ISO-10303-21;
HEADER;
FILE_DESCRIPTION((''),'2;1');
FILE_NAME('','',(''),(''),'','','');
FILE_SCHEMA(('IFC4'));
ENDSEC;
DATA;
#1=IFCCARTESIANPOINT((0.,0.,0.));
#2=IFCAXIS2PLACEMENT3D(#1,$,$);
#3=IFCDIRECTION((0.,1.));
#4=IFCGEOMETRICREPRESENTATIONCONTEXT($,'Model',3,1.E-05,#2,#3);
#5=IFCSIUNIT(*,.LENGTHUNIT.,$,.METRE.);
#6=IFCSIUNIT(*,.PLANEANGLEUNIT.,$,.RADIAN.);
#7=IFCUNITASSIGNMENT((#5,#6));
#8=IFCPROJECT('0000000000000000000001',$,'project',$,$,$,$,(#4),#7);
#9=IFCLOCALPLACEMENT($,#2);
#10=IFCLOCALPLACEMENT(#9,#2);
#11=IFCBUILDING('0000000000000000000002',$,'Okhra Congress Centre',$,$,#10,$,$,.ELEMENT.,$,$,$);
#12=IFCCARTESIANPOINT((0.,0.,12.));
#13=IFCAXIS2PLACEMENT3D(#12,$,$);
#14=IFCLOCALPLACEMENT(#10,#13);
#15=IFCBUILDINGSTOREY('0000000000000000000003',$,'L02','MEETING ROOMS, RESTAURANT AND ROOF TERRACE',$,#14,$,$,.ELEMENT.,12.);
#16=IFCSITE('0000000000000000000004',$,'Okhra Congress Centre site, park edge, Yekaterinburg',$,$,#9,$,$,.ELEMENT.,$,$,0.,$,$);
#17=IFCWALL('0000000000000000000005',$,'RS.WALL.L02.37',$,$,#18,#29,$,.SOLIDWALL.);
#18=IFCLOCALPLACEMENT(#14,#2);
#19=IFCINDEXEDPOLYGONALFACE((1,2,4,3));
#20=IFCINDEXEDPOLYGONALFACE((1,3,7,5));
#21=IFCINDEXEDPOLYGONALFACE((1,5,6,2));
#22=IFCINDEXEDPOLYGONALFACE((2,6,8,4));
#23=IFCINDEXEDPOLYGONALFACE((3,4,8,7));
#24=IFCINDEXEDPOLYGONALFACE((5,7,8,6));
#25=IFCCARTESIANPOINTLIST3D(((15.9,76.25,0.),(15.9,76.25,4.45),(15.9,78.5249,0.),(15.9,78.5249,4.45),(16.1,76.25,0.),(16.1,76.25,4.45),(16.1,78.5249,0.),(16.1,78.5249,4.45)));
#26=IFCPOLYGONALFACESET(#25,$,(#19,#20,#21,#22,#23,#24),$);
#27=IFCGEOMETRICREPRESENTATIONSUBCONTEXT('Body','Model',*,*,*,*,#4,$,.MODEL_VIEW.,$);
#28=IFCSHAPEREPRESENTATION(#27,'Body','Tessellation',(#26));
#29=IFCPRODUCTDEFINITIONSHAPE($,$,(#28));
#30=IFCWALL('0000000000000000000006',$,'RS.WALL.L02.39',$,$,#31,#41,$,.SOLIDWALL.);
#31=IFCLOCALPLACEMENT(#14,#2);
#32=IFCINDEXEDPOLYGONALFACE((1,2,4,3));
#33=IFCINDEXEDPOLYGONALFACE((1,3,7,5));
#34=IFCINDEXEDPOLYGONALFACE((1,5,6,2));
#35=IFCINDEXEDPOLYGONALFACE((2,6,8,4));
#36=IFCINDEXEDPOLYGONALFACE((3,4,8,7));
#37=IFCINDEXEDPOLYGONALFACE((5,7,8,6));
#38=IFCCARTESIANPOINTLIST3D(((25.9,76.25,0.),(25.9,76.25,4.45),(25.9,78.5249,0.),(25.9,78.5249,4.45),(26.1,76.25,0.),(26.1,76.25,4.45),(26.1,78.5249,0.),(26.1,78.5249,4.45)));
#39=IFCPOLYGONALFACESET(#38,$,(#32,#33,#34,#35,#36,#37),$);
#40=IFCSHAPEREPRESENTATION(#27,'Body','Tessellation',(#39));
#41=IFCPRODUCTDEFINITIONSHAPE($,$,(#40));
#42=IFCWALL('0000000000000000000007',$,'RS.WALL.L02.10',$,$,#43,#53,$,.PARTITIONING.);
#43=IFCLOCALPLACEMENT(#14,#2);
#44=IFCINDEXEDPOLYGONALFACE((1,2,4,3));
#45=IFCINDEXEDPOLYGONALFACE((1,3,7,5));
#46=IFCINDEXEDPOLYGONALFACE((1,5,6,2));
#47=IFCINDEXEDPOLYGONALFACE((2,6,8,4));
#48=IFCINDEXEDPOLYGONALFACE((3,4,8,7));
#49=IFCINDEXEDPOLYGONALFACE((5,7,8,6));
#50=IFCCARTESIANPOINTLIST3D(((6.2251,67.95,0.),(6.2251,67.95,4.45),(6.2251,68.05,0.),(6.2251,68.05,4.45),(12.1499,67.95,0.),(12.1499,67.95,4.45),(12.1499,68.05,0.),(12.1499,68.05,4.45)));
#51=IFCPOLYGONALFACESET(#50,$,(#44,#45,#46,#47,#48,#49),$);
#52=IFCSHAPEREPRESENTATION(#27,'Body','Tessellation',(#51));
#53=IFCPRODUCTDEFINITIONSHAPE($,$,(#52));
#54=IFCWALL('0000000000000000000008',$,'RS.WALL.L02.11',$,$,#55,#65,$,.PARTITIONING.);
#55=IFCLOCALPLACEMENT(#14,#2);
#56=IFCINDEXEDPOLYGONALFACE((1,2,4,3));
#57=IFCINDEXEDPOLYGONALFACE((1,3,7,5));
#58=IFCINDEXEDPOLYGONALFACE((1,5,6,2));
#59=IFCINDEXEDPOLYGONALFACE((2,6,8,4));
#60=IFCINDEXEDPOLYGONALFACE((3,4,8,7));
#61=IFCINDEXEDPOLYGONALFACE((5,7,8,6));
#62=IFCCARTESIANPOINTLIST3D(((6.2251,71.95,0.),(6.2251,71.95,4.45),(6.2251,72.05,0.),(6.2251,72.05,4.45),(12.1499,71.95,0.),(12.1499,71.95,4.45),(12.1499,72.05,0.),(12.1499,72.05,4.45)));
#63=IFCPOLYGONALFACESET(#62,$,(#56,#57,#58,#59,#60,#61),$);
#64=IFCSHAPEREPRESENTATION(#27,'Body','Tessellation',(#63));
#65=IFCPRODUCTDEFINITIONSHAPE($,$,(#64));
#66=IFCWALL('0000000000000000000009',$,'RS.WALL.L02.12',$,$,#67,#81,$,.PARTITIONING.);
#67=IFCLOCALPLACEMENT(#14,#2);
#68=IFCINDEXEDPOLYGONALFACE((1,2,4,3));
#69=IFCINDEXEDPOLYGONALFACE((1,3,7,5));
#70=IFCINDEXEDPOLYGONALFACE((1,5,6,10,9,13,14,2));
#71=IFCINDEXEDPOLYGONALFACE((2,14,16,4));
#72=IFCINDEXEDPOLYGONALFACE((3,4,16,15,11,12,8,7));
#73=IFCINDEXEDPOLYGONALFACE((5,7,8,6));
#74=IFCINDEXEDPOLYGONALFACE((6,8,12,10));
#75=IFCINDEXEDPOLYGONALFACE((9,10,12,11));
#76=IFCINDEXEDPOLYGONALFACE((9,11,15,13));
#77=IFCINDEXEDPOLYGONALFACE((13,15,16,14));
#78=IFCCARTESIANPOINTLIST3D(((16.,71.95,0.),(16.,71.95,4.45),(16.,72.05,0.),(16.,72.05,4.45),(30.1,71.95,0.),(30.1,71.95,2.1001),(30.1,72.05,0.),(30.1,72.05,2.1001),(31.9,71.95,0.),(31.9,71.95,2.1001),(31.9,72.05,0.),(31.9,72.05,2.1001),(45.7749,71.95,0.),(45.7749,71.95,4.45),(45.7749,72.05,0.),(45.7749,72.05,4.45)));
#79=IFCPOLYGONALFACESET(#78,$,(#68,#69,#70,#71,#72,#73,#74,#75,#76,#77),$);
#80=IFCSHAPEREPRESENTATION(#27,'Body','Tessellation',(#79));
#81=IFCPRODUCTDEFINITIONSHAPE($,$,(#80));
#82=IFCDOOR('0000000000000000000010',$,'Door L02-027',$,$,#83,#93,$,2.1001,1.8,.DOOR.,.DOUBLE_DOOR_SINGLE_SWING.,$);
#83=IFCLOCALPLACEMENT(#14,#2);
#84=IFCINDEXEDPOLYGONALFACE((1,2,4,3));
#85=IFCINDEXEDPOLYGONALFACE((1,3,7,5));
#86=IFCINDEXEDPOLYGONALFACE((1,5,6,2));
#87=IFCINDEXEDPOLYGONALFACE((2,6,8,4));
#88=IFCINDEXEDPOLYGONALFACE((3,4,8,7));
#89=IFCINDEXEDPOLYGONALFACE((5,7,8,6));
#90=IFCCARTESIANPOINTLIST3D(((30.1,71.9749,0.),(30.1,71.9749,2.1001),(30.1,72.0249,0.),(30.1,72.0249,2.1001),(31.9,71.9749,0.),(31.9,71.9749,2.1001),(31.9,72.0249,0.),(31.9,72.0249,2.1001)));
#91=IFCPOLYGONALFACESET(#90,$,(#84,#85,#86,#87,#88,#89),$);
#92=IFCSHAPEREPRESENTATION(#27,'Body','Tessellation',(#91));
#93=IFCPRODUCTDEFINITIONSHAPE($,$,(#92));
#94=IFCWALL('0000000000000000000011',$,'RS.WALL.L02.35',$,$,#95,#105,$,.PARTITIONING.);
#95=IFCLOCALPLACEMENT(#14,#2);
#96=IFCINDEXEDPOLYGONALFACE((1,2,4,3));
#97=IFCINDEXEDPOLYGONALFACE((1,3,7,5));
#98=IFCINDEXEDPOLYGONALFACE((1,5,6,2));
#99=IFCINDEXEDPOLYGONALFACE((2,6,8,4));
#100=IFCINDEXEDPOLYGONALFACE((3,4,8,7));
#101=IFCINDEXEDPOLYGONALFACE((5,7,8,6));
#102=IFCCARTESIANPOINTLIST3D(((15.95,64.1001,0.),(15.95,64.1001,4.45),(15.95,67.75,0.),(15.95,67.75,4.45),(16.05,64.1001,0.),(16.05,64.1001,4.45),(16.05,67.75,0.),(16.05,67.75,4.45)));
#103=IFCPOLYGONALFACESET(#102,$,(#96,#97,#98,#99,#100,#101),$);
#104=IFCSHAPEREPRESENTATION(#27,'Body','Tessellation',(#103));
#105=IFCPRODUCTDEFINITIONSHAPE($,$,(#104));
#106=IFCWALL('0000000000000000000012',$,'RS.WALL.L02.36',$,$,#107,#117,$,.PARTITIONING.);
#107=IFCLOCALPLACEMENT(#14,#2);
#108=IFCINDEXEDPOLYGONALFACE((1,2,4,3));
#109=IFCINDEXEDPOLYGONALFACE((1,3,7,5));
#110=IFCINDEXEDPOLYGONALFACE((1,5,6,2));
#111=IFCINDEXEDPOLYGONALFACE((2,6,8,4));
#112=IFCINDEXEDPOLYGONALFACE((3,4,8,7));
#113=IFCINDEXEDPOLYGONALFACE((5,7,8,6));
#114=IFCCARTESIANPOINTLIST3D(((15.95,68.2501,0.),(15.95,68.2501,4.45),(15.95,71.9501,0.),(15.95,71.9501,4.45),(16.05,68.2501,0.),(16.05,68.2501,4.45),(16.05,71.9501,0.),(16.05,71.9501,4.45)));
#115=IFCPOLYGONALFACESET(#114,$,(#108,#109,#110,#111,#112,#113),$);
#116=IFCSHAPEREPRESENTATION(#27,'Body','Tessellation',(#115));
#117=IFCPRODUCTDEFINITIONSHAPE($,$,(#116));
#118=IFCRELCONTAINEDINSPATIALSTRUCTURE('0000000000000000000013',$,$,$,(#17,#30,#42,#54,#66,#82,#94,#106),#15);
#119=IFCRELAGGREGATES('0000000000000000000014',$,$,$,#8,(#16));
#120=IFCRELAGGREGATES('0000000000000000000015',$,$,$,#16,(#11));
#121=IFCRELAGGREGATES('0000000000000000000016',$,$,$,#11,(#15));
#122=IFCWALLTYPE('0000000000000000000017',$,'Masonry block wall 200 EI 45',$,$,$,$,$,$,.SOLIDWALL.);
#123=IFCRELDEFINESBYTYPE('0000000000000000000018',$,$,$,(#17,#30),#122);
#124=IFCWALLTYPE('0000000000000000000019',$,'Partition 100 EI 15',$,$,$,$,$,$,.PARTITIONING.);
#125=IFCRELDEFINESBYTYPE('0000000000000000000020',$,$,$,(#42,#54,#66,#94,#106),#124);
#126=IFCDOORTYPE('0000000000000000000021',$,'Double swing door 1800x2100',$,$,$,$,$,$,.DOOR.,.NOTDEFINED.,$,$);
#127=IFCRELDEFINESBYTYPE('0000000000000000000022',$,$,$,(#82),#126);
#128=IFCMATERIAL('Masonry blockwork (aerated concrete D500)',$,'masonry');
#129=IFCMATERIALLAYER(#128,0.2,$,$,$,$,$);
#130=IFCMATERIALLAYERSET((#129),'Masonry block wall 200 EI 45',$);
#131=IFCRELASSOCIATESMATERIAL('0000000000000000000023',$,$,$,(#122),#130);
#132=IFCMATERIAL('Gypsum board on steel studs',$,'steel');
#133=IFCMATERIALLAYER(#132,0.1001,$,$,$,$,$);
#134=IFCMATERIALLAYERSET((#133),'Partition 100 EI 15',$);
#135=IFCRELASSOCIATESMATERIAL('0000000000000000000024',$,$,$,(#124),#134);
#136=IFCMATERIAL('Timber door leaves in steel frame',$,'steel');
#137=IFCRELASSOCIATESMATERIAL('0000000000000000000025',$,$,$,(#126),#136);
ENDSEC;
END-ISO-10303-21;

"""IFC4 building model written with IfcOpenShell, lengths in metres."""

from ifc_helpers import new_model, si_unit, direction, frame, frame_2d, origin, place, context, subcontext, project, spatial, rectangle, extrude, material, layer, layer_set, type_object, element, fill, save


model = new_model("IFC4")

# Units and contexts
model_context = context("Model", 3, precision=1e-05, world=origin(), true_north=direction((0.0, 1.0)))
body_context = subcontext(model_context, "Body", "Model", "MODEL_VIEW")
ifc_project = project(units=[si_unit("LENGTHUNIT", "METRE"), si_unit("PLANEANGLEUNIT", "RADIAN")], contexts=[model_context])

# Site, building, storey
site_placement = place(None, origin())
site = spatial("IfcSite", under=ifc_project, at=site_placement, Name="Okhra Congress Centre site, park edge, Yekaterinburg", CompositionType="ELEMENT", RefElevation=0.0)
building_placement = place(site_placement, origin())
building = spatial("IfcBuilding", under=site, at=building_placement, Name="Okhra Congress Centre", CompositionType="ELEMENT")
storey_placement = place(building_placement, frame((0.0, 0.0, 12.0)))
storey = spatial("IfcBuildingStorey", under=building, at=storey_placement, Name="L02", Description="MEETING ROOMS, RESTAURANT AND ROOF TERRACE", CompositionType="ELEMENT", Elevation=12.0)

# Shared definitions
ifc_material_1 = material(Name="Masonry blockwork (aerated concrete D500)", Category="masonry")
ifc_layer_1 = layer(ifc_material_1, 0.2)
ifc_layer_set_1 = layer_set([ifc_layer_1], Name="Masonry block wall 200 EI 45")
wall_type_1 = type_object("IfcWallType", Name="Masonry block wall 200 EI 45", PredefinedType="SOLIDWALL", material=ifc_layer_set_1)

# Walls
for number, where, z_axis, x_axis, name in (
    (1, (16.0, 76.25, 0.0), (0.0, 0.0, 1.0), (0.0, 1.0, 0.0), "RS.WALL.L02.37"),
    (2, (26.0, 76.25, 0.0), (0.0, 0.0, 1.0), (0.0, 1.0, 0.0), "RS.WALL.L02.39"),
):
    element("IfcWall", number, at=place(storey_placement, frame(where, z_axis=z_axis, x_axis=x_axis)), inside=storey, type_object=wall_type_1, Name=name, PredefinedType="SOLIDWALL", context=body_context, shape_type="SweptSolid", body=[
        extrude(rectangle(XDim=2.2749, YDim=0.2, at=frame_2d((1.1375, 0.0))), origin(), (0.0, 0.0, 1.0), 4.45),
    ])
ifc_material_2 = material(Name="Gypsum board on steel studs", Category="steel")
ifc_layer_2 = layer(ifc_material_2, 0.1001)
ifc_layer_set_2 = layer_set([ifc_layer_2], Name="Partition 100 EI 15")
wall_type_2 = type_object("IfcWallType", Name="Partition 100 EI 15", PredefinedType="PARTITIONING", material=ifc_layer_set_2)
for number, where, z_axis, x_axis, name in (
    (3, (6.2251, 68.0, 0.0), (0.0, 0.0, 1.0), (1.0, 0.0, 0.0), "RS.WALL.L02.10"),
    (4, (6.2251, 72.0, 0.0), (0.0, 0.0, 1.0), (1.0, 0.0, 0.0), "RS.WALL.L02.11"),
):
    element("IfcWall", number, at=place(storey_placement, frame(where, z_axis=z_axis, x_axis=x_axis)), inside=storey, type_object=wall_type_2, Name=name, PredefinedType="PARTITIONING", context=body_context, shape_type="SweptSolid", body=[
        extrude(rectangle(XDim=5.9248, YDim=0.1001, at=frame_2d((2.9624, 0.0))), origin(), (0.0, 0.0, 1.0), 4.45),
    ])

# Wall, opening, door
wall_1_placement = place(storey_placement, frame((16.0, 72.0, 0.0), z_axis=(0.0, 0.0, 1.0), x_axis=(1.0, 0.0, 0.0)))
wall_1 = element("IfcWall", 5, at=wall_1_placement, inside=storey, type_object=wall_type_2, Name="RS.WALL.L02.12", PredefinedType="PARTITIONING", context=body_context, shape_type="SweptSolid", body=[
    extrude(rectangle(XDim=29.7749, YDim=0.1001, at=frame_2d((14.8875, 0.0))), origin(), (0.0, 0.0, 1.0), 4.45),
])
opening_1_placement = place(wall_1_placement, frame((14.1001, 0.0, 0.0)))
opening_1 = element("IfcOpeningElement", 6, at=opening_1_placement, cuts=wall_1, PredefinedType="OPENING", context=body_context, shape_type="SweptSolid", body=[
    extrude(rectangle(XDim=1.8, YDim=2.1001, at=frame_2d((0.8999, 1.05))), frame((0.0, 0.0601, 0.0), z_axis=(0.0, -1.0, 0.0), x_axis=(1.0, 0.0, 0.0)), (0.0, 0.0, 1.0), 0.1201),
])
ifc_material_3 = material(Name="Timber door leaves in steel frame", Category="steel")
door_type_1 = type_object("IfcDoorType", Name="Double swing door 1800x2100", OperationType="NOTDEFINED", PredefinedType="DOOR", material=ifc_material_3)
door_1_placement = place(opening_1_placement, origin())
door_1 = element("IfcDoor", 7, at=door_1_placement, inside=storey, type_object=door_type_1, Name="Door L02-027", OperationType="DOUBLE_DOOR_SINGLE_SWING", OverallHeight=2.1001, OverallWidth=1.8, PredefinedType="DOOR", context=body_context, shape_type="SweptSolid", body=[
    extrude(rectangle(XDim=1.8, YDim=2.1001, at=frame_2d((0.8999, 1.05))), frame((0.0, 0.0249, 0.0), z_axis=(0.0, -1.0, 0.0), x_axis=(1.0, 0.0, 0.0)), (0.0, 0.0, 1.0), 0.05),
])
fill(opening_1, door_1)

# Walls
wall_2_placement = place(storey_placement, frame((16.0, 64.1001, 0.0), z_axis=(0.0, 0.0, 1.0), x_axis=(0.0, 1.0, 0.0)))
element("IfcWall", 8, at=wall_2_placement, inside=storey, type_object=wall_type_2, Name="RS.WALL.L02.35", PredefinedType="PARTITIONING", context=body_context, shape_type="SweptSolid", body=[
    extrude(rectangle(XDim=3.6499, YDim=0.1001, at=frame_2d((1.825, 0.0))), origin(), (0.0, 0.0, 1.0), 4.45),
])
wall_3_placement = place(storey_placement, frame((16.0, 68.25, 0.0), z_axis=(0.0, 0.0, 1.0), x_axis=(0.0, 1.0, 0.0)))
element("IfcWall", 9, at=wall_3_placement, inside=storey, type_object=wall_type_2, Name="RS.WALL.L02.36", PredefinedType="PARTITIONING", context=body_context, shape_type="SweptSolid", body=[
    extrude(rectangle(XDim=3.7, YDim=0.1001, at=frame_2d((1.8501, 0.0))), origin(), (0.0, 0.0, 1.0), 4.45),
])

save(model, "model.ifc")
